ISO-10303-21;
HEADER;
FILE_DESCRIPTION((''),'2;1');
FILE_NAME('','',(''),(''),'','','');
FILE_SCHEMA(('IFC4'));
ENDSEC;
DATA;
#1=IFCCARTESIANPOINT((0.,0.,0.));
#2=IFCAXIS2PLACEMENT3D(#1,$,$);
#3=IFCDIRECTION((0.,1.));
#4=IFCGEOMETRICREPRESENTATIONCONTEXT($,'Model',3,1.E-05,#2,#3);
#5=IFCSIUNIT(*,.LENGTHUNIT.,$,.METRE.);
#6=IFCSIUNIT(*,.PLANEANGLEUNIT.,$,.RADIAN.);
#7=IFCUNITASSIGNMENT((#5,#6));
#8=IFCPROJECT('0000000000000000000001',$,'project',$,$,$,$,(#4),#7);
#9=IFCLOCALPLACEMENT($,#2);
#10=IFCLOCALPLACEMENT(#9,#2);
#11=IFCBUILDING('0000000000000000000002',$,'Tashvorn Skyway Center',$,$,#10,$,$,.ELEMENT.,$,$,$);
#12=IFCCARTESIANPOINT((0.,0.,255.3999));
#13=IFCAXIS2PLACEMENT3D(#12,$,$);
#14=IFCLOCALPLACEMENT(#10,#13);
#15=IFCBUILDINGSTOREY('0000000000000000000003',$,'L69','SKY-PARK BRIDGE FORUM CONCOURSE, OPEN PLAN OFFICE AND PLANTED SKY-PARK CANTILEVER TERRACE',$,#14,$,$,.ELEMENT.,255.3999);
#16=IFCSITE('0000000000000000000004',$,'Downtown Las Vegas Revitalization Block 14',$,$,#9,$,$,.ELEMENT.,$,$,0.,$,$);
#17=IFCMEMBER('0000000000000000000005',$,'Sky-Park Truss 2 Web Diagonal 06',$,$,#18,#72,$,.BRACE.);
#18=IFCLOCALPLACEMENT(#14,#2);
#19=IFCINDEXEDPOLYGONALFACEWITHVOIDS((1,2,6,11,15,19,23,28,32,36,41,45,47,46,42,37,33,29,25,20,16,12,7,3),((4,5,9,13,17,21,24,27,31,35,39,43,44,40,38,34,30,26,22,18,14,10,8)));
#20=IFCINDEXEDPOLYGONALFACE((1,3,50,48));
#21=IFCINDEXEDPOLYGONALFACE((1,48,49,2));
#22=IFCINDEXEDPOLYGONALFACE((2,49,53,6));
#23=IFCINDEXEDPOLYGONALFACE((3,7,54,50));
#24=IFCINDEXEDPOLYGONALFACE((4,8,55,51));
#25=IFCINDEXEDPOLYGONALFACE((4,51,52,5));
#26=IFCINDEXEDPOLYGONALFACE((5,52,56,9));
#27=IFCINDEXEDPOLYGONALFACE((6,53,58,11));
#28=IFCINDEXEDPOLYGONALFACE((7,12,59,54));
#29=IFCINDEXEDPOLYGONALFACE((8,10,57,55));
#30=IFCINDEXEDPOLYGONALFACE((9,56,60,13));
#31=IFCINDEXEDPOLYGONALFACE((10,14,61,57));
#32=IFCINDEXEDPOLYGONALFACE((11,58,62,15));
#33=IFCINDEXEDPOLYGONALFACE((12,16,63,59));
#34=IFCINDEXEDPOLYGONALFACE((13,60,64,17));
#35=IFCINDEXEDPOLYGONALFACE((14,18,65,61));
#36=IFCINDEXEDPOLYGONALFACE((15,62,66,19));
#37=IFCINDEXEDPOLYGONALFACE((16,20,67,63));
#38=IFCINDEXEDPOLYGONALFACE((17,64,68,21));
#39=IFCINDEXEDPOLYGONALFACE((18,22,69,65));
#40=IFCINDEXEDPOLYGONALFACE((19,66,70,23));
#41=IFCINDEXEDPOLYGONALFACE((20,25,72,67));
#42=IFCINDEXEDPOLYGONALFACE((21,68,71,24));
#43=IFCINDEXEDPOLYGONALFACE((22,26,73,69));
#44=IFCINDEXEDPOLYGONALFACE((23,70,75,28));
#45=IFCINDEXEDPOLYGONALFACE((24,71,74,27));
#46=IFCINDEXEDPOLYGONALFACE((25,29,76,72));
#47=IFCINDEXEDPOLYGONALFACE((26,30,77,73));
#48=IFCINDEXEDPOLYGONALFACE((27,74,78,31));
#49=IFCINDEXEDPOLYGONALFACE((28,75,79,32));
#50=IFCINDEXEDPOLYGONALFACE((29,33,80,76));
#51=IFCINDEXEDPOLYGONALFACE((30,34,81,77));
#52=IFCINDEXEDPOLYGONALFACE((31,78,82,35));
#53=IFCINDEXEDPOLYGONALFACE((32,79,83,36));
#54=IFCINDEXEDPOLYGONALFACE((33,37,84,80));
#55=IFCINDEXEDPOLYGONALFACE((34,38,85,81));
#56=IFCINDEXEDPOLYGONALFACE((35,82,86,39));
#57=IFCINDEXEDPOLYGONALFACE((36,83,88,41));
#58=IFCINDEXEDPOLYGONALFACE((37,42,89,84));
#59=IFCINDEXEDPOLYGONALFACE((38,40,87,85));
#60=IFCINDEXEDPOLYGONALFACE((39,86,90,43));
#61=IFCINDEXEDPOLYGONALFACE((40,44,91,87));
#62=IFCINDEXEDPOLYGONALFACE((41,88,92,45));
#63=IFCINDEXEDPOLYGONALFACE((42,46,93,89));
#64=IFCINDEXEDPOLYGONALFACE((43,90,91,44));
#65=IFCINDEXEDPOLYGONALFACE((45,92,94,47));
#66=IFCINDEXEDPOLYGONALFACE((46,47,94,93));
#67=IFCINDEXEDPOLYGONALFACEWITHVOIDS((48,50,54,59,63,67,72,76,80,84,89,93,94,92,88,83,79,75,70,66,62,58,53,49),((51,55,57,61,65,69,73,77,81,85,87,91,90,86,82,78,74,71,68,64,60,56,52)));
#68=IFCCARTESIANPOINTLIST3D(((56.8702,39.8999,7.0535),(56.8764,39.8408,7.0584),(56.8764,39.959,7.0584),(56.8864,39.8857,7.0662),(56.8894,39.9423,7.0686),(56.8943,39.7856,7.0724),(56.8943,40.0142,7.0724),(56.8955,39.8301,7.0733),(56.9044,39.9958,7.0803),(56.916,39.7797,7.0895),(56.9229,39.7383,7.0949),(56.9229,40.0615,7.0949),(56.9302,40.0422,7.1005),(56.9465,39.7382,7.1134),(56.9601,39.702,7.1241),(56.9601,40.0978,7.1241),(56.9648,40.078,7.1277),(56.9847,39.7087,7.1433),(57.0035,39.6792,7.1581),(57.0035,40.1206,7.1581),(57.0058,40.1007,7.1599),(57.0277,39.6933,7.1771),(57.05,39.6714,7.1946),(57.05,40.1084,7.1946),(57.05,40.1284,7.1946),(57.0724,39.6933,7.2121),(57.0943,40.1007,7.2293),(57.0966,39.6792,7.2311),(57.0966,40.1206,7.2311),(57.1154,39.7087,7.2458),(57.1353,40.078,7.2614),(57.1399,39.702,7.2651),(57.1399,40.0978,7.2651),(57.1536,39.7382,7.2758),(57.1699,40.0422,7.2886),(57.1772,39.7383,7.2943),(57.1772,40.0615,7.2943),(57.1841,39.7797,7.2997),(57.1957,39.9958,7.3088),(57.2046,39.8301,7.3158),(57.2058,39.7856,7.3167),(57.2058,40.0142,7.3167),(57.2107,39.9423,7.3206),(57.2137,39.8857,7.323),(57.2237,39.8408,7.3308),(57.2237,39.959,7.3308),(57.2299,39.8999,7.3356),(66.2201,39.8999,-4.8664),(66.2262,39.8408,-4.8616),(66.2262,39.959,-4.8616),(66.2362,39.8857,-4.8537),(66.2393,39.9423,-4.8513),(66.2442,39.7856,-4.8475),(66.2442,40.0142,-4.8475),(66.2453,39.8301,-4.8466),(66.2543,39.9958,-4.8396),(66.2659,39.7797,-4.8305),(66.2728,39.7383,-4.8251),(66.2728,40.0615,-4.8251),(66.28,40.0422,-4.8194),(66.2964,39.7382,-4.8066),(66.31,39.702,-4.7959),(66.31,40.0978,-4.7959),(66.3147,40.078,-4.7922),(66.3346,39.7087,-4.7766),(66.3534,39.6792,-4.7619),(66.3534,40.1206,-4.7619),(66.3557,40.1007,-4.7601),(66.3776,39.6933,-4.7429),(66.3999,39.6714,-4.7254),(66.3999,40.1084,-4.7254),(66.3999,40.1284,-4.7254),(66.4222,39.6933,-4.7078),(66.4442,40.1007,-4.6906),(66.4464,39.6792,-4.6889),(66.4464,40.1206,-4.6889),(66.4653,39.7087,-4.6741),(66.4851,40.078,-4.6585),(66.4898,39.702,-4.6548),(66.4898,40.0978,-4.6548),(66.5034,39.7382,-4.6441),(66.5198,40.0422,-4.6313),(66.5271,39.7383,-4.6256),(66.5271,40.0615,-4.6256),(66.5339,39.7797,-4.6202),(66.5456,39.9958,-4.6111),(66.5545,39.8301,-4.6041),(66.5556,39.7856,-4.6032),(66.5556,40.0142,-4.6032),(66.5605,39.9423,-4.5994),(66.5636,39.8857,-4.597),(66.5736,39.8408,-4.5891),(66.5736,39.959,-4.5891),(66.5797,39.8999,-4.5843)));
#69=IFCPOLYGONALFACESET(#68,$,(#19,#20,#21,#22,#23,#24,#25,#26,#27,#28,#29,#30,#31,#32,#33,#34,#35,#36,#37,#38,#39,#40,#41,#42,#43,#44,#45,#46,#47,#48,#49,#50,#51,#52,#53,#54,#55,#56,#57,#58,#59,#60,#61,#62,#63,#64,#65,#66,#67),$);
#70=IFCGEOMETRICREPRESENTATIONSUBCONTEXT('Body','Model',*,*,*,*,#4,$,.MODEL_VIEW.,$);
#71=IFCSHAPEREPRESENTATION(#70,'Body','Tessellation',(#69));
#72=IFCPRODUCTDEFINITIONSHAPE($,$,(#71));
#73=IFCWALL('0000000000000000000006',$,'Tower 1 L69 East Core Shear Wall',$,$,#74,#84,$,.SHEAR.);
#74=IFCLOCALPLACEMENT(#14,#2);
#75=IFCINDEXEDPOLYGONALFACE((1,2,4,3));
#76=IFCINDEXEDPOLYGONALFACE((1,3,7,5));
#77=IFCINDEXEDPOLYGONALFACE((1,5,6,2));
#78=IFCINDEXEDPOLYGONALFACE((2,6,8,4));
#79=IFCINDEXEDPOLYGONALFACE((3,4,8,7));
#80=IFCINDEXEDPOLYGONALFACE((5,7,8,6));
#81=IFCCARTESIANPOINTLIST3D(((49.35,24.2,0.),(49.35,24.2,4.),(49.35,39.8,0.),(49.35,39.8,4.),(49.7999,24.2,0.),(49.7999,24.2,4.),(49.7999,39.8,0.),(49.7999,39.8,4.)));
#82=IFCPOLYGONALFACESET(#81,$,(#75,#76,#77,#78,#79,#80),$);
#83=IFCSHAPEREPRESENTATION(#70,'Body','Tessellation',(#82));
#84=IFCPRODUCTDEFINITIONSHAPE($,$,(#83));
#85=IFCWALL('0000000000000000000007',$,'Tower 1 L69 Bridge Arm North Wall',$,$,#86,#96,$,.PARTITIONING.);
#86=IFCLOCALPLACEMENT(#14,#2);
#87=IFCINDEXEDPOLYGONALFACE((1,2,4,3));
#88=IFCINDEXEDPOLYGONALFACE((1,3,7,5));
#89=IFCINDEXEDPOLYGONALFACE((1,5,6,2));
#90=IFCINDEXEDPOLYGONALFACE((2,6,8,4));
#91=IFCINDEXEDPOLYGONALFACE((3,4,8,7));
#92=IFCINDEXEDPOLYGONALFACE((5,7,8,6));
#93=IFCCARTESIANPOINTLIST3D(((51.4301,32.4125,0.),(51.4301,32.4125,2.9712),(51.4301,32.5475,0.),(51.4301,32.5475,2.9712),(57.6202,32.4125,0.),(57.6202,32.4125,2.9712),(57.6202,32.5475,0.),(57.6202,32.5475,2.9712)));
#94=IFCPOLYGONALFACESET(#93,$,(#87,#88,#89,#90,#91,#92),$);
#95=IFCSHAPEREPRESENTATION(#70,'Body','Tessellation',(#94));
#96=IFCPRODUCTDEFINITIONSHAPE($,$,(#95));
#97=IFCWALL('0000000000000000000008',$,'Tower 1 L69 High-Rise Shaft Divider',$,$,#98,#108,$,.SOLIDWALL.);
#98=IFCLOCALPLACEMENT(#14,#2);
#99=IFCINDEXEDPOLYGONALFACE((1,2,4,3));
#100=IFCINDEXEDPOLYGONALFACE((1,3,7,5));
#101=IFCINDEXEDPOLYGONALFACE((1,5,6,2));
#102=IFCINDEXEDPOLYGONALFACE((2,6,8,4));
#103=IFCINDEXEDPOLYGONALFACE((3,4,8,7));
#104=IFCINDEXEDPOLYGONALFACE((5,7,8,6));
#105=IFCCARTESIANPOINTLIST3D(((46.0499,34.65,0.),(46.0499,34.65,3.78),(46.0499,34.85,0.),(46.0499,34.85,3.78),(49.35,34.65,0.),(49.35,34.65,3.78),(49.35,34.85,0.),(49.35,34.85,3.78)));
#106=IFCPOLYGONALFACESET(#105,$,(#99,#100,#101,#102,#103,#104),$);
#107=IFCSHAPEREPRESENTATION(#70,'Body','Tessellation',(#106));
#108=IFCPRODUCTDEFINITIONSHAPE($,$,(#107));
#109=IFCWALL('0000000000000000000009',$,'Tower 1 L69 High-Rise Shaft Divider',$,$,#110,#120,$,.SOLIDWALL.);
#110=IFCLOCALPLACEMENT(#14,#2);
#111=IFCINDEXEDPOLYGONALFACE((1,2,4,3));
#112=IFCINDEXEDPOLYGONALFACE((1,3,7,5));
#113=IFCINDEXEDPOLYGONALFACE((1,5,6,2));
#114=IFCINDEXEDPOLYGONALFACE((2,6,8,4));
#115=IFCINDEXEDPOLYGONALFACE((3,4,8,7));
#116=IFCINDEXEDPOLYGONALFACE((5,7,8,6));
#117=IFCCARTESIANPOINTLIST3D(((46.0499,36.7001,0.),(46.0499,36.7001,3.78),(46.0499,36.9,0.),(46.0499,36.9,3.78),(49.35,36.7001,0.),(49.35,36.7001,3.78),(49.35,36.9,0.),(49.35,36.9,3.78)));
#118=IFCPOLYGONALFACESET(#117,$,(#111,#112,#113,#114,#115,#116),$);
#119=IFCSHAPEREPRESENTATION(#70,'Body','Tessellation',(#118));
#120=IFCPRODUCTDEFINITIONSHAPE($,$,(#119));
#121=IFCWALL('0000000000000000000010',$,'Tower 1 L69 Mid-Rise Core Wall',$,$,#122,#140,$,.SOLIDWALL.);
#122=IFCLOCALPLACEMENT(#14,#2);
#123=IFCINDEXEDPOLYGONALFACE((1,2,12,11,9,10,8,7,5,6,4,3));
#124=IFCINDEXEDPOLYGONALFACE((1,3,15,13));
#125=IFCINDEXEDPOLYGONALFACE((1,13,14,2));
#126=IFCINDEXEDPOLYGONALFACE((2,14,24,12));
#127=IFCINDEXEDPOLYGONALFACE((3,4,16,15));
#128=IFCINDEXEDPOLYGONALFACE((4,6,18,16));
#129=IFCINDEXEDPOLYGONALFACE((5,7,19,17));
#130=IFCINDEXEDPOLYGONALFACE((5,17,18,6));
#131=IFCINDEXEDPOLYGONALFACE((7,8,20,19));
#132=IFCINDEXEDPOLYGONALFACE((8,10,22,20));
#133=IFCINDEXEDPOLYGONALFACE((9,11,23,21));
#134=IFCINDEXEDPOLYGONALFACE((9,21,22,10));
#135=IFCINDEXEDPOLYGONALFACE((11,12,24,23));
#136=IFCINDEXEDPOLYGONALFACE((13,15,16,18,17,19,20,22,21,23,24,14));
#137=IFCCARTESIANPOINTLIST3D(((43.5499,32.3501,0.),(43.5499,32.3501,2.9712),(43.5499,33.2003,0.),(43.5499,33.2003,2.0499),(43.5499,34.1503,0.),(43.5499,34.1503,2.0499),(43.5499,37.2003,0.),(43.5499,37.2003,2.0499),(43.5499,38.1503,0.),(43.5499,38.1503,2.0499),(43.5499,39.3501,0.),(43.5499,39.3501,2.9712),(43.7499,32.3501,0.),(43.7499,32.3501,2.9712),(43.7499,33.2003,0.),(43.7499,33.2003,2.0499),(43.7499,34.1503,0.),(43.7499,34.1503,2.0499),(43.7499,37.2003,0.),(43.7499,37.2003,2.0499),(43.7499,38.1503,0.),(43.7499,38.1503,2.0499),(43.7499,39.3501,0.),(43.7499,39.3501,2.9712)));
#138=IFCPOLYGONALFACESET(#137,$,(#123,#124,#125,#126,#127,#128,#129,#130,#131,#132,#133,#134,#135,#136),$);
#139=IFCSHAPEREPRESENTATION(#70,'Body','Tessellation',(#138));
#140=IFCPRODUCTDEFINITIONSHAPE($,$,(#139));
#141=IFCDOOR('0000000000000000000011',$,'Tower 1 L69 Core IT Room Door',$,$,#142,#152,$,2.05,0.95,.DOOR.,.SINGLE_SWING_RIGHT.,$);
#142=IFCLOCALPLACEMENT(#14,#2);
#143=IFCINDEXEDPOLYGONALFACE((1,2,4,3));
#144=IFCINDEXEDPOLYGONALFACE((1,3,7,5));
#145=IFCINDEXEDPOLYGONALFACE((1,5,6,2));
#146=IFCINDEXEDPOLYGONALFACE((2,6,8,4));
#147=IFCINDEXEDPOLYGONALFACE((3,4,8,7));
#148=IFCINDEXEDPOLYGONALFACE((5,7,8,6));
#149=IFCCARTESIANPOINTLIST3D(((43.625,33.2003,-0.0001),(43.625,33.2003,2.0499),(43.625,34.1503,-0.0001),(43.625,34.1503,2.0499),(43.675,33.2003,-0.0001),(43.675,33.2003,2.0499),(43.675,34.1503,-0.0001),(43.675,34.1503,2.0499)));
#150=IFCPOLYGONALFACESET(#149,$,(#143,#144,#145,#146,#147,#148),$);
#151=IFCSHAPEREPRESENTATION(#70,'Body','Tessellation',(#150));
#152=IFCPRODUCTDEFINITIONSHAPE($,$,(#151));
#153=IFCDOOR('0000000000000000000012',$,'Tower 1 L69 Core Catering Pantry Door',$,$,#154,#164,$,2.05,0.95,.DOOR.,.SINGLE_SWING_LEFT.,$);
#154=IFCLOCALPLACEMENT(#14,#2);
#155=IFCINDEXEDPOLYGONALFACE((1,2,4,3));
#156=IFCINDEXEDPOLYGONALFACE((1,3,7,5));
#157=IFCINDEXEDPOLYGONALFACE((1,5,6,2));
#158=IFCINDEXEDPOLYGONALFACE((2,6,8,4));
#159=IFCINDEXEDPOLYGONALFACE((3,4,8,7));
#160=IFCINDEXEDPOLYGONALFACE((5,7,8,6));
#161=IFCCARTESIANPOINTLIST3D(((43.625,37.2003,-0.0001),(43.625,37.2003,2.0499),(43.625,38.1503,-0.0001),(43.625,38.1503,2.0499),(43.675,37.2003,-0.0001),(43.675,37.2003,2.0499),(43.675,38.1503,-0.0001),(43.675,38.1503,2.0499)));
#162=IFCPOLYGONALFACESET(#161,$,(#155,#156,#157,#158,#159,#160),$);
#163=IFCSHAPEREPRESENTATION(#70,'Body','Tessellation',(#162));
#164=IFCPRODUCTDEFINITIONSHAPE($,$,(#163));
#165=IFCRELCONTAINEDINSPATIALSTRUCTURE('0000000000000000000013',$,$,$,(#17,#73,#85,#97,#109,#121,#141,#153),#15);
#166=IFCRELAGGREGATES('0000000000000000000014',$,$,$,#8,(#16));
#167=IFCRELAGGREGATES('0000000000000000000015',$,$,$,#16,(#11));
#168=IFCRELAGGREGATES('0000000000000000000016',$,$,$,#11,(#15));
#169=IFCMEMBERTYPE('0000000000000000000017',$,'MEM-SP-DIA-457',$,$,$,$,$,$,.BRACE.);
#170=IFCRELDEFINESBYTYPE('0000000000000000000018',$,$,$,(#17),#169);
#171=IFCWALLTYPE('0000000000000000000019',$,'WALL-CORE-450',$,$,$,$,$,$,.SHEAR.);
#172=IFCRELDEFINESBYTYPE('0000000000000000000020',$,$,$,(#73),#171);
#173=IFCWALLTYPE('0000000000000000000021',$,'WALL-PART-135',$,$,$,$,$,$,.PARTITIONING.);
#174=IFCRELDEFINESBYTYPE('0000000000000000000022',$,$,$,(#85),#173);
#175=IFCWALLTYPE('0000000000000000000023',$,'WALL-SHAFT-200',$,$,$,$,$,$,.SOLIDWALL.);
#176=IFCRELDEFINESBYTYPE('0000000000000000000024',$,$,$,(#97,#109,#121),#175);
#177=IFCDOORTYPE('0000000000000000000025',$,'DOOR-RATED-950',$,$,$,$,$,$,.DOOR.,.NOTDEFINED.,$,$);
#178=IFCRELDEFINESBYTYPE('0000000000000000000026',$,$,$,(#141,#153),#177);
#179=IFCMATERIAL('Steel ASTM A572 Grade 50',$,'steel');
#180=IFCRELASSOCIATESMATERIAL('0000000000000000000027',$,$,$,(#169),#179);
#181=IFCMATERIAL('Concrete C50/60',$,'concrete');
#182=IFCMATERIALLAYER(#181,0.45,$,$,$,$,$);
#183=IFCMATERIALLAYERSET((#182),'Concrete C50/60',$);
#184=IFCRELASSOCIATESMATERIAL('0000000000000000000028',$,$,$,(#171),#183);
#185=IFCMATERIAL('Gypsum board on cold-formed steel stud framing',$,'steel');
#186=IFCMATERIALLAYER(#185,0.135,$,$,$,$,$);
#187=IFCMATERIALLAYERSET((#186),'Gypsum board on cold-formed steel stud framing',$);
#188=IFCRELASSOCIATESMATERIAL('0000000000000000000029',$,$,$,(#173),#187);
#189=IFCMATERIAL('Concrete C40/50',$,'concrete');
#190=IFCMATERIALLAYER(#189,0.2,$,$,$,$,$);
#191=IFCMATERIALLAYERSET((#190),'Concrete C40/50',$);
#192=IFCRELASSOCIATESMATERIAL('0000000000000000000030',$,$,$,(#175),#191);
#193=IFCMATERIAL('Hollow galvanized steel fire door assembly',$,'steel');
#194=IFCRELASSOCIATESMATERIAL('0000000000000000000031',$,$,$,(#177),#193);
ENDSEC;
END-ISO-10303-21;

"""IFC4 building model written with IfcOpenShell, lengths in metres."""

from ifc_helpers import new_model, si_unit, direction, frame, frame_2d, origin, origin_2d, place, context, subcontext, project, spatial, rectangle, hollow_circle, extrude, material, layer, layer_set, material_profile, profile_set, type_object, element, fill, save


model = new_model("IFC4")

# Units and contexts
model_context = context("Model", 3, precision=1e-05, world=origin(), true_north=direction((0.0, 1.0)))
body_context = subcontext(model_context, "Body", "Model", "MODEL_VIEW")
ifc_project = project(units=[si_unit("LENGTHUNIT", "METRE"), si_unit("PLANEANGLEUNIT", "RADIAN")], contexts=[model_context])

# Site, building, storey
site_placement = place(None, origin())
site = spatial("IfcSite", under=ifc_project, at=site_placement, Name="Downtown Las Vegas Revitalization Block 14", CompositionType="ELEMENT", RefElevation=0.0)
building_placement = place(site_placement, origin())
building = spatial("IfcBuilding", under=site, at=building_placement, Name="Tashvorn Skyway Center", CompositionType="ELEMENT")
storey_placement = place(building_placement, frame((0.0, 0.0, 255.3999)))
storey = spatial("IfcBuildingStorey", under=building, at=storey_placement, Name="L69", Description="SKY-PARK BRIDGE FORUM CONCOURSE, OPEN PLAN OFFICE AND PLANTED SKY-PARK CANTILEVER TERRACE", CompositionType="ELEMENT", Elevation=255.3999)

# Shared definitions
ifc_material_1 = material(Name="Steel ASTM A572 Grade 50", Category="steel")

# Member
ifc_material_profile_1 = material_profile(ifc_material_1, hollow_circle(Radius=0.2285, WallThickness=0.02, at=origin_2d()), Name="CHS457x20")
ifc_profile_set_1 = profile_set([ifc_material_profile_1], Name="Steel ASTM A572 Grade 50")
member_type = type_object("IfcMemberType", Name="MEM-SP-DIA-457", PredefinedType="BRACE", material=ifc_profile_set_1)
member_placement = place(storey_placement, frame((57.05, 39.8999, 7.1946), z_axis=(0.617177, 0.0, -0.786825), x_axis=(0.0, 1.0, 0.0)))
element("IfcMember", 1, at=member_placement, inside=storey, type_object=member_type, Name="Sky-Park Truss 2 Web Diagonal 06", PredefinedType="BRACE", context=body_context, shape_type="SweptSolid", body=[
    extrude(hollow_circle(Radius=0.2285, WallThickness=0.02, at=origin_2d()), origin(), (0.0, 0.0, 1.0), 15.1494),
])

# Walls
ifc_material_2 = material(Name="Concrete C50/60", Category="concrete")
ifc_layer_1 = layer(ifc_material_2, 0.45)
ifc_layer_set_1 = layer_set([ifc_layer_1], Name="Concrete C50/60")
wall_type_1 = type_object("IfcWallType", Name="WALL-CORE-450", PredefinedType="SHEAR", material=ifc_layer_set_1)
wall_1_placement = place(storey_placement, frame((49.575, 39.8, 0.0), z_axis=(0.0, 0.0, 1.0), x_axis=(0.0, -1.0, 0.0)))
element("IfcWall", 2, at=wall_1_placement, inside=storey, type_object=wall_type_1, Name="Tower 1 L69 East Core Shear Wall", PredefinedType="SHEAR", context=body_context, shape_type="SweptSolid", body=[
    extrude(rectangle(XDim=15.6001, YDim=0.45, at=frame_2d((7.8, 0.0))), origin(), (0.0, 0.0, 1.0), 4.0),
])
ifc_material_3 = material(Name="Gypsum board on cold-formed steel stud framing", Category="steel")
ifc_layer_2 = layer(ifc_material_3, 0.135)
ifc_layer_set_2 = layer_set([ifc_layer_2], Name="Gypsum board on cold-formed steel stud framing")
wall_type_2 = type_object("IfcWallType", Name="WALL-PART-135", PredefinedType="PARTITIONING", material=ifc_layer_set_2)
wall_2_placement = place(storey_placement, frame((51.4299, 32.48, 0.0), z_axis=(0.0, 0.0, 1.0), x_axis=(1.0, 0.0, 0.0)))
element("IfcWall", 3, at=wall_2_placement, inside=storey, type_object=wall_type_2, Name="Tower 1 L69 Bridge Arm North Wall", PredefinedType="PARTITIONING", context=body_context, shape_type="SweptSolid", body=[
    extrude(rectangle(XDim=6.1902, YDim=0.135, at=frame_2d((3.0952, 0.0))), origin(), (0.0, 0.0, 1.0), 2.9712),
])
ifc_material_4 = material(Name="Concrete C40/50", Category="concrete")
ifc_layer_3 = layer(ifc_material_4, 0.2)
ifc_layer_set_3 = layer_set([ifc_layer_3], Name="Concrete C40/50")
wall_type_3 = type_object("IfcWallType", Name="WALL-SHAFT-200", PredefinedType="SOLIDWALL", material=ifc_layer_set_3)
for number, where, z_axis, x_axis, name in (
    (4, (46.05, 34.75, 0.0), (0.0, 0.0, 1.0), (1.0, 0.0, 0.0), "Tower 1 L69 High-Rise Shaft Divider"),
    (5, (46.05, 36.8, 0.0), (0.0, 0.0, 1.0), (1.0, 0.0, 0.0), "Tower 1 L69 High-Rise Shaft Divider"),
):
    element("IfcWall", number, at=place(storey_placement, frame(where, z_axis=z_axis, x_axis=x_axis)), inside=storey, type_object=wall_type_3, Name=name, PredefinedType="SOLIDWALL", context=body_context, shape_type="SweptSolid", body=[
        extrude(rectangle(XDim=3.3, YDim=0.2, at=frame_2d((1.6499, 0.0))), origin(), (0.0, 0.0, 1.0), 3.78),
    ])

# Wall, openings, doors
wall_3_placement = place(storey_placement, frame((43.6499, 32.3501, 0.0), z_axis=(0.0, 0.0, 1.0), x_axis=(0.0, 1.0, 0.0)))
wall_3 = element("IfcWall", 6, at=wall_3_placement, inside=storey, type_object=wall_type_3, Name="Tower 1 L69 Mid-Rise Core Wall", PredefinedType="SOLIDWALL", context=body_context, shape_type="SweptSolid", body=[
    extrude(rectangle(XDim=7.0, YDim=0.2, at=frame_2d((3.5, 0.0))), origin(), (0.0, 0.0, 1.0), 2.9712),
])
opening_1_placement = place(wall_3_placement, frame((0.8501, 0.0, 0.0)))
opening_1 = element("IfcOpeningElement", 7, at=opening_1_placement, cuts=wall_3, PredefinedType="OPENING", context=body_context, shape_type="SweptSolid", body=[
    extrude(rectangle(XDim=0.95, YDim=2.05, at=frame_2d((0.4751, 1.0249))), frame((0.0, 0.1099, 0.0), z_axis=(0.0, -1.0, 0.0), x_axis=(1.0, 0.0, 0.0)), (0.0, 0.0, 1.0), 0.22),
])
opening_2_placement = place(wall_3_placement, frame((4.8501, 0.0, 0.0)))
opening_2 = element("IfcOpeningElement", 8, at=opening_2_placement, cuts=wall_3, PredefinedType="OPENING", context=body_context, shape_type="SweptSolid", body=[
    extrude(rectangle(XDim=0.95, YDim=2.05, at=frame_2d((0.4751, 1.0249))), frame((0.0, 0.1099, 0.0), z_axis=(0.0, -1.0, 0.0), x_axis=(1.0, 0.0, 0.0)), (0.0, 0.0, 1.0), 0.22),
])
ifc_material_5 = material(Name="Hollow galvanized steel fire door assembly", Category="steel")
door_type_1 = type_object("IfcDoorType", Name="DOOR-RATED-950", OperationType="NOTDEFINED", PredefinedType="DOOR", material=ifc_material_5)
door_1_placement = place(opening_1_placement, origin())
door_1 = element("IfcDoor", 9, at=door_1_placement, inside=storey, type_object=door_type_1, Name="Tower 1 L69 Core IT Room Door", OperationType="SINGLE_SWING_RIGHT", OverallHeight=2.05, OverallWidth=0.95, PredefinedType="DOOR", context=body_context, shape_type="SweptSolid", body=[
    extrude(rectangle(XDim=0.95, YDim=2.05, at=frame_2d((0.4751, 1.0249))), frame((0.0, 0.0249, 0.0), z_axis=(0.0, -1.0, 0.0), x_axis=(1.0, 0.0, 0.0)), (0.0, 0.0, 1.0), 0.05),
])
fill(opening_1, door_1)
door_2_placement = place(opening_2_placement, origin())
door_2 = element("IfcDoor", 10, at=door_2_placement, inside=storey, type_object=door_type_1, Name="Tower 1 L69 Core Catering Pantry Door", OperationType="SINGLE_SWING_LEFT", OverallHeight=2.05, OverallWidth=0.95, PredefinedType="DOOR", context=body_context, shape_type="SweptSolid", body=[
    extrude(rectangle(XDim=0.95, YDim=2.05, at=frame_2d((0.4751, 1.0249))), frame((0.0, 0.0249, 0.0), z_axis=(0.0, -1.0, 0.0), x_axis=(1.0, 0.0, 0.0)), (0.0, 0.0, 1.0), 0.05),
])
fill(opening_2, door_2)

save(model, "model.ifc")
